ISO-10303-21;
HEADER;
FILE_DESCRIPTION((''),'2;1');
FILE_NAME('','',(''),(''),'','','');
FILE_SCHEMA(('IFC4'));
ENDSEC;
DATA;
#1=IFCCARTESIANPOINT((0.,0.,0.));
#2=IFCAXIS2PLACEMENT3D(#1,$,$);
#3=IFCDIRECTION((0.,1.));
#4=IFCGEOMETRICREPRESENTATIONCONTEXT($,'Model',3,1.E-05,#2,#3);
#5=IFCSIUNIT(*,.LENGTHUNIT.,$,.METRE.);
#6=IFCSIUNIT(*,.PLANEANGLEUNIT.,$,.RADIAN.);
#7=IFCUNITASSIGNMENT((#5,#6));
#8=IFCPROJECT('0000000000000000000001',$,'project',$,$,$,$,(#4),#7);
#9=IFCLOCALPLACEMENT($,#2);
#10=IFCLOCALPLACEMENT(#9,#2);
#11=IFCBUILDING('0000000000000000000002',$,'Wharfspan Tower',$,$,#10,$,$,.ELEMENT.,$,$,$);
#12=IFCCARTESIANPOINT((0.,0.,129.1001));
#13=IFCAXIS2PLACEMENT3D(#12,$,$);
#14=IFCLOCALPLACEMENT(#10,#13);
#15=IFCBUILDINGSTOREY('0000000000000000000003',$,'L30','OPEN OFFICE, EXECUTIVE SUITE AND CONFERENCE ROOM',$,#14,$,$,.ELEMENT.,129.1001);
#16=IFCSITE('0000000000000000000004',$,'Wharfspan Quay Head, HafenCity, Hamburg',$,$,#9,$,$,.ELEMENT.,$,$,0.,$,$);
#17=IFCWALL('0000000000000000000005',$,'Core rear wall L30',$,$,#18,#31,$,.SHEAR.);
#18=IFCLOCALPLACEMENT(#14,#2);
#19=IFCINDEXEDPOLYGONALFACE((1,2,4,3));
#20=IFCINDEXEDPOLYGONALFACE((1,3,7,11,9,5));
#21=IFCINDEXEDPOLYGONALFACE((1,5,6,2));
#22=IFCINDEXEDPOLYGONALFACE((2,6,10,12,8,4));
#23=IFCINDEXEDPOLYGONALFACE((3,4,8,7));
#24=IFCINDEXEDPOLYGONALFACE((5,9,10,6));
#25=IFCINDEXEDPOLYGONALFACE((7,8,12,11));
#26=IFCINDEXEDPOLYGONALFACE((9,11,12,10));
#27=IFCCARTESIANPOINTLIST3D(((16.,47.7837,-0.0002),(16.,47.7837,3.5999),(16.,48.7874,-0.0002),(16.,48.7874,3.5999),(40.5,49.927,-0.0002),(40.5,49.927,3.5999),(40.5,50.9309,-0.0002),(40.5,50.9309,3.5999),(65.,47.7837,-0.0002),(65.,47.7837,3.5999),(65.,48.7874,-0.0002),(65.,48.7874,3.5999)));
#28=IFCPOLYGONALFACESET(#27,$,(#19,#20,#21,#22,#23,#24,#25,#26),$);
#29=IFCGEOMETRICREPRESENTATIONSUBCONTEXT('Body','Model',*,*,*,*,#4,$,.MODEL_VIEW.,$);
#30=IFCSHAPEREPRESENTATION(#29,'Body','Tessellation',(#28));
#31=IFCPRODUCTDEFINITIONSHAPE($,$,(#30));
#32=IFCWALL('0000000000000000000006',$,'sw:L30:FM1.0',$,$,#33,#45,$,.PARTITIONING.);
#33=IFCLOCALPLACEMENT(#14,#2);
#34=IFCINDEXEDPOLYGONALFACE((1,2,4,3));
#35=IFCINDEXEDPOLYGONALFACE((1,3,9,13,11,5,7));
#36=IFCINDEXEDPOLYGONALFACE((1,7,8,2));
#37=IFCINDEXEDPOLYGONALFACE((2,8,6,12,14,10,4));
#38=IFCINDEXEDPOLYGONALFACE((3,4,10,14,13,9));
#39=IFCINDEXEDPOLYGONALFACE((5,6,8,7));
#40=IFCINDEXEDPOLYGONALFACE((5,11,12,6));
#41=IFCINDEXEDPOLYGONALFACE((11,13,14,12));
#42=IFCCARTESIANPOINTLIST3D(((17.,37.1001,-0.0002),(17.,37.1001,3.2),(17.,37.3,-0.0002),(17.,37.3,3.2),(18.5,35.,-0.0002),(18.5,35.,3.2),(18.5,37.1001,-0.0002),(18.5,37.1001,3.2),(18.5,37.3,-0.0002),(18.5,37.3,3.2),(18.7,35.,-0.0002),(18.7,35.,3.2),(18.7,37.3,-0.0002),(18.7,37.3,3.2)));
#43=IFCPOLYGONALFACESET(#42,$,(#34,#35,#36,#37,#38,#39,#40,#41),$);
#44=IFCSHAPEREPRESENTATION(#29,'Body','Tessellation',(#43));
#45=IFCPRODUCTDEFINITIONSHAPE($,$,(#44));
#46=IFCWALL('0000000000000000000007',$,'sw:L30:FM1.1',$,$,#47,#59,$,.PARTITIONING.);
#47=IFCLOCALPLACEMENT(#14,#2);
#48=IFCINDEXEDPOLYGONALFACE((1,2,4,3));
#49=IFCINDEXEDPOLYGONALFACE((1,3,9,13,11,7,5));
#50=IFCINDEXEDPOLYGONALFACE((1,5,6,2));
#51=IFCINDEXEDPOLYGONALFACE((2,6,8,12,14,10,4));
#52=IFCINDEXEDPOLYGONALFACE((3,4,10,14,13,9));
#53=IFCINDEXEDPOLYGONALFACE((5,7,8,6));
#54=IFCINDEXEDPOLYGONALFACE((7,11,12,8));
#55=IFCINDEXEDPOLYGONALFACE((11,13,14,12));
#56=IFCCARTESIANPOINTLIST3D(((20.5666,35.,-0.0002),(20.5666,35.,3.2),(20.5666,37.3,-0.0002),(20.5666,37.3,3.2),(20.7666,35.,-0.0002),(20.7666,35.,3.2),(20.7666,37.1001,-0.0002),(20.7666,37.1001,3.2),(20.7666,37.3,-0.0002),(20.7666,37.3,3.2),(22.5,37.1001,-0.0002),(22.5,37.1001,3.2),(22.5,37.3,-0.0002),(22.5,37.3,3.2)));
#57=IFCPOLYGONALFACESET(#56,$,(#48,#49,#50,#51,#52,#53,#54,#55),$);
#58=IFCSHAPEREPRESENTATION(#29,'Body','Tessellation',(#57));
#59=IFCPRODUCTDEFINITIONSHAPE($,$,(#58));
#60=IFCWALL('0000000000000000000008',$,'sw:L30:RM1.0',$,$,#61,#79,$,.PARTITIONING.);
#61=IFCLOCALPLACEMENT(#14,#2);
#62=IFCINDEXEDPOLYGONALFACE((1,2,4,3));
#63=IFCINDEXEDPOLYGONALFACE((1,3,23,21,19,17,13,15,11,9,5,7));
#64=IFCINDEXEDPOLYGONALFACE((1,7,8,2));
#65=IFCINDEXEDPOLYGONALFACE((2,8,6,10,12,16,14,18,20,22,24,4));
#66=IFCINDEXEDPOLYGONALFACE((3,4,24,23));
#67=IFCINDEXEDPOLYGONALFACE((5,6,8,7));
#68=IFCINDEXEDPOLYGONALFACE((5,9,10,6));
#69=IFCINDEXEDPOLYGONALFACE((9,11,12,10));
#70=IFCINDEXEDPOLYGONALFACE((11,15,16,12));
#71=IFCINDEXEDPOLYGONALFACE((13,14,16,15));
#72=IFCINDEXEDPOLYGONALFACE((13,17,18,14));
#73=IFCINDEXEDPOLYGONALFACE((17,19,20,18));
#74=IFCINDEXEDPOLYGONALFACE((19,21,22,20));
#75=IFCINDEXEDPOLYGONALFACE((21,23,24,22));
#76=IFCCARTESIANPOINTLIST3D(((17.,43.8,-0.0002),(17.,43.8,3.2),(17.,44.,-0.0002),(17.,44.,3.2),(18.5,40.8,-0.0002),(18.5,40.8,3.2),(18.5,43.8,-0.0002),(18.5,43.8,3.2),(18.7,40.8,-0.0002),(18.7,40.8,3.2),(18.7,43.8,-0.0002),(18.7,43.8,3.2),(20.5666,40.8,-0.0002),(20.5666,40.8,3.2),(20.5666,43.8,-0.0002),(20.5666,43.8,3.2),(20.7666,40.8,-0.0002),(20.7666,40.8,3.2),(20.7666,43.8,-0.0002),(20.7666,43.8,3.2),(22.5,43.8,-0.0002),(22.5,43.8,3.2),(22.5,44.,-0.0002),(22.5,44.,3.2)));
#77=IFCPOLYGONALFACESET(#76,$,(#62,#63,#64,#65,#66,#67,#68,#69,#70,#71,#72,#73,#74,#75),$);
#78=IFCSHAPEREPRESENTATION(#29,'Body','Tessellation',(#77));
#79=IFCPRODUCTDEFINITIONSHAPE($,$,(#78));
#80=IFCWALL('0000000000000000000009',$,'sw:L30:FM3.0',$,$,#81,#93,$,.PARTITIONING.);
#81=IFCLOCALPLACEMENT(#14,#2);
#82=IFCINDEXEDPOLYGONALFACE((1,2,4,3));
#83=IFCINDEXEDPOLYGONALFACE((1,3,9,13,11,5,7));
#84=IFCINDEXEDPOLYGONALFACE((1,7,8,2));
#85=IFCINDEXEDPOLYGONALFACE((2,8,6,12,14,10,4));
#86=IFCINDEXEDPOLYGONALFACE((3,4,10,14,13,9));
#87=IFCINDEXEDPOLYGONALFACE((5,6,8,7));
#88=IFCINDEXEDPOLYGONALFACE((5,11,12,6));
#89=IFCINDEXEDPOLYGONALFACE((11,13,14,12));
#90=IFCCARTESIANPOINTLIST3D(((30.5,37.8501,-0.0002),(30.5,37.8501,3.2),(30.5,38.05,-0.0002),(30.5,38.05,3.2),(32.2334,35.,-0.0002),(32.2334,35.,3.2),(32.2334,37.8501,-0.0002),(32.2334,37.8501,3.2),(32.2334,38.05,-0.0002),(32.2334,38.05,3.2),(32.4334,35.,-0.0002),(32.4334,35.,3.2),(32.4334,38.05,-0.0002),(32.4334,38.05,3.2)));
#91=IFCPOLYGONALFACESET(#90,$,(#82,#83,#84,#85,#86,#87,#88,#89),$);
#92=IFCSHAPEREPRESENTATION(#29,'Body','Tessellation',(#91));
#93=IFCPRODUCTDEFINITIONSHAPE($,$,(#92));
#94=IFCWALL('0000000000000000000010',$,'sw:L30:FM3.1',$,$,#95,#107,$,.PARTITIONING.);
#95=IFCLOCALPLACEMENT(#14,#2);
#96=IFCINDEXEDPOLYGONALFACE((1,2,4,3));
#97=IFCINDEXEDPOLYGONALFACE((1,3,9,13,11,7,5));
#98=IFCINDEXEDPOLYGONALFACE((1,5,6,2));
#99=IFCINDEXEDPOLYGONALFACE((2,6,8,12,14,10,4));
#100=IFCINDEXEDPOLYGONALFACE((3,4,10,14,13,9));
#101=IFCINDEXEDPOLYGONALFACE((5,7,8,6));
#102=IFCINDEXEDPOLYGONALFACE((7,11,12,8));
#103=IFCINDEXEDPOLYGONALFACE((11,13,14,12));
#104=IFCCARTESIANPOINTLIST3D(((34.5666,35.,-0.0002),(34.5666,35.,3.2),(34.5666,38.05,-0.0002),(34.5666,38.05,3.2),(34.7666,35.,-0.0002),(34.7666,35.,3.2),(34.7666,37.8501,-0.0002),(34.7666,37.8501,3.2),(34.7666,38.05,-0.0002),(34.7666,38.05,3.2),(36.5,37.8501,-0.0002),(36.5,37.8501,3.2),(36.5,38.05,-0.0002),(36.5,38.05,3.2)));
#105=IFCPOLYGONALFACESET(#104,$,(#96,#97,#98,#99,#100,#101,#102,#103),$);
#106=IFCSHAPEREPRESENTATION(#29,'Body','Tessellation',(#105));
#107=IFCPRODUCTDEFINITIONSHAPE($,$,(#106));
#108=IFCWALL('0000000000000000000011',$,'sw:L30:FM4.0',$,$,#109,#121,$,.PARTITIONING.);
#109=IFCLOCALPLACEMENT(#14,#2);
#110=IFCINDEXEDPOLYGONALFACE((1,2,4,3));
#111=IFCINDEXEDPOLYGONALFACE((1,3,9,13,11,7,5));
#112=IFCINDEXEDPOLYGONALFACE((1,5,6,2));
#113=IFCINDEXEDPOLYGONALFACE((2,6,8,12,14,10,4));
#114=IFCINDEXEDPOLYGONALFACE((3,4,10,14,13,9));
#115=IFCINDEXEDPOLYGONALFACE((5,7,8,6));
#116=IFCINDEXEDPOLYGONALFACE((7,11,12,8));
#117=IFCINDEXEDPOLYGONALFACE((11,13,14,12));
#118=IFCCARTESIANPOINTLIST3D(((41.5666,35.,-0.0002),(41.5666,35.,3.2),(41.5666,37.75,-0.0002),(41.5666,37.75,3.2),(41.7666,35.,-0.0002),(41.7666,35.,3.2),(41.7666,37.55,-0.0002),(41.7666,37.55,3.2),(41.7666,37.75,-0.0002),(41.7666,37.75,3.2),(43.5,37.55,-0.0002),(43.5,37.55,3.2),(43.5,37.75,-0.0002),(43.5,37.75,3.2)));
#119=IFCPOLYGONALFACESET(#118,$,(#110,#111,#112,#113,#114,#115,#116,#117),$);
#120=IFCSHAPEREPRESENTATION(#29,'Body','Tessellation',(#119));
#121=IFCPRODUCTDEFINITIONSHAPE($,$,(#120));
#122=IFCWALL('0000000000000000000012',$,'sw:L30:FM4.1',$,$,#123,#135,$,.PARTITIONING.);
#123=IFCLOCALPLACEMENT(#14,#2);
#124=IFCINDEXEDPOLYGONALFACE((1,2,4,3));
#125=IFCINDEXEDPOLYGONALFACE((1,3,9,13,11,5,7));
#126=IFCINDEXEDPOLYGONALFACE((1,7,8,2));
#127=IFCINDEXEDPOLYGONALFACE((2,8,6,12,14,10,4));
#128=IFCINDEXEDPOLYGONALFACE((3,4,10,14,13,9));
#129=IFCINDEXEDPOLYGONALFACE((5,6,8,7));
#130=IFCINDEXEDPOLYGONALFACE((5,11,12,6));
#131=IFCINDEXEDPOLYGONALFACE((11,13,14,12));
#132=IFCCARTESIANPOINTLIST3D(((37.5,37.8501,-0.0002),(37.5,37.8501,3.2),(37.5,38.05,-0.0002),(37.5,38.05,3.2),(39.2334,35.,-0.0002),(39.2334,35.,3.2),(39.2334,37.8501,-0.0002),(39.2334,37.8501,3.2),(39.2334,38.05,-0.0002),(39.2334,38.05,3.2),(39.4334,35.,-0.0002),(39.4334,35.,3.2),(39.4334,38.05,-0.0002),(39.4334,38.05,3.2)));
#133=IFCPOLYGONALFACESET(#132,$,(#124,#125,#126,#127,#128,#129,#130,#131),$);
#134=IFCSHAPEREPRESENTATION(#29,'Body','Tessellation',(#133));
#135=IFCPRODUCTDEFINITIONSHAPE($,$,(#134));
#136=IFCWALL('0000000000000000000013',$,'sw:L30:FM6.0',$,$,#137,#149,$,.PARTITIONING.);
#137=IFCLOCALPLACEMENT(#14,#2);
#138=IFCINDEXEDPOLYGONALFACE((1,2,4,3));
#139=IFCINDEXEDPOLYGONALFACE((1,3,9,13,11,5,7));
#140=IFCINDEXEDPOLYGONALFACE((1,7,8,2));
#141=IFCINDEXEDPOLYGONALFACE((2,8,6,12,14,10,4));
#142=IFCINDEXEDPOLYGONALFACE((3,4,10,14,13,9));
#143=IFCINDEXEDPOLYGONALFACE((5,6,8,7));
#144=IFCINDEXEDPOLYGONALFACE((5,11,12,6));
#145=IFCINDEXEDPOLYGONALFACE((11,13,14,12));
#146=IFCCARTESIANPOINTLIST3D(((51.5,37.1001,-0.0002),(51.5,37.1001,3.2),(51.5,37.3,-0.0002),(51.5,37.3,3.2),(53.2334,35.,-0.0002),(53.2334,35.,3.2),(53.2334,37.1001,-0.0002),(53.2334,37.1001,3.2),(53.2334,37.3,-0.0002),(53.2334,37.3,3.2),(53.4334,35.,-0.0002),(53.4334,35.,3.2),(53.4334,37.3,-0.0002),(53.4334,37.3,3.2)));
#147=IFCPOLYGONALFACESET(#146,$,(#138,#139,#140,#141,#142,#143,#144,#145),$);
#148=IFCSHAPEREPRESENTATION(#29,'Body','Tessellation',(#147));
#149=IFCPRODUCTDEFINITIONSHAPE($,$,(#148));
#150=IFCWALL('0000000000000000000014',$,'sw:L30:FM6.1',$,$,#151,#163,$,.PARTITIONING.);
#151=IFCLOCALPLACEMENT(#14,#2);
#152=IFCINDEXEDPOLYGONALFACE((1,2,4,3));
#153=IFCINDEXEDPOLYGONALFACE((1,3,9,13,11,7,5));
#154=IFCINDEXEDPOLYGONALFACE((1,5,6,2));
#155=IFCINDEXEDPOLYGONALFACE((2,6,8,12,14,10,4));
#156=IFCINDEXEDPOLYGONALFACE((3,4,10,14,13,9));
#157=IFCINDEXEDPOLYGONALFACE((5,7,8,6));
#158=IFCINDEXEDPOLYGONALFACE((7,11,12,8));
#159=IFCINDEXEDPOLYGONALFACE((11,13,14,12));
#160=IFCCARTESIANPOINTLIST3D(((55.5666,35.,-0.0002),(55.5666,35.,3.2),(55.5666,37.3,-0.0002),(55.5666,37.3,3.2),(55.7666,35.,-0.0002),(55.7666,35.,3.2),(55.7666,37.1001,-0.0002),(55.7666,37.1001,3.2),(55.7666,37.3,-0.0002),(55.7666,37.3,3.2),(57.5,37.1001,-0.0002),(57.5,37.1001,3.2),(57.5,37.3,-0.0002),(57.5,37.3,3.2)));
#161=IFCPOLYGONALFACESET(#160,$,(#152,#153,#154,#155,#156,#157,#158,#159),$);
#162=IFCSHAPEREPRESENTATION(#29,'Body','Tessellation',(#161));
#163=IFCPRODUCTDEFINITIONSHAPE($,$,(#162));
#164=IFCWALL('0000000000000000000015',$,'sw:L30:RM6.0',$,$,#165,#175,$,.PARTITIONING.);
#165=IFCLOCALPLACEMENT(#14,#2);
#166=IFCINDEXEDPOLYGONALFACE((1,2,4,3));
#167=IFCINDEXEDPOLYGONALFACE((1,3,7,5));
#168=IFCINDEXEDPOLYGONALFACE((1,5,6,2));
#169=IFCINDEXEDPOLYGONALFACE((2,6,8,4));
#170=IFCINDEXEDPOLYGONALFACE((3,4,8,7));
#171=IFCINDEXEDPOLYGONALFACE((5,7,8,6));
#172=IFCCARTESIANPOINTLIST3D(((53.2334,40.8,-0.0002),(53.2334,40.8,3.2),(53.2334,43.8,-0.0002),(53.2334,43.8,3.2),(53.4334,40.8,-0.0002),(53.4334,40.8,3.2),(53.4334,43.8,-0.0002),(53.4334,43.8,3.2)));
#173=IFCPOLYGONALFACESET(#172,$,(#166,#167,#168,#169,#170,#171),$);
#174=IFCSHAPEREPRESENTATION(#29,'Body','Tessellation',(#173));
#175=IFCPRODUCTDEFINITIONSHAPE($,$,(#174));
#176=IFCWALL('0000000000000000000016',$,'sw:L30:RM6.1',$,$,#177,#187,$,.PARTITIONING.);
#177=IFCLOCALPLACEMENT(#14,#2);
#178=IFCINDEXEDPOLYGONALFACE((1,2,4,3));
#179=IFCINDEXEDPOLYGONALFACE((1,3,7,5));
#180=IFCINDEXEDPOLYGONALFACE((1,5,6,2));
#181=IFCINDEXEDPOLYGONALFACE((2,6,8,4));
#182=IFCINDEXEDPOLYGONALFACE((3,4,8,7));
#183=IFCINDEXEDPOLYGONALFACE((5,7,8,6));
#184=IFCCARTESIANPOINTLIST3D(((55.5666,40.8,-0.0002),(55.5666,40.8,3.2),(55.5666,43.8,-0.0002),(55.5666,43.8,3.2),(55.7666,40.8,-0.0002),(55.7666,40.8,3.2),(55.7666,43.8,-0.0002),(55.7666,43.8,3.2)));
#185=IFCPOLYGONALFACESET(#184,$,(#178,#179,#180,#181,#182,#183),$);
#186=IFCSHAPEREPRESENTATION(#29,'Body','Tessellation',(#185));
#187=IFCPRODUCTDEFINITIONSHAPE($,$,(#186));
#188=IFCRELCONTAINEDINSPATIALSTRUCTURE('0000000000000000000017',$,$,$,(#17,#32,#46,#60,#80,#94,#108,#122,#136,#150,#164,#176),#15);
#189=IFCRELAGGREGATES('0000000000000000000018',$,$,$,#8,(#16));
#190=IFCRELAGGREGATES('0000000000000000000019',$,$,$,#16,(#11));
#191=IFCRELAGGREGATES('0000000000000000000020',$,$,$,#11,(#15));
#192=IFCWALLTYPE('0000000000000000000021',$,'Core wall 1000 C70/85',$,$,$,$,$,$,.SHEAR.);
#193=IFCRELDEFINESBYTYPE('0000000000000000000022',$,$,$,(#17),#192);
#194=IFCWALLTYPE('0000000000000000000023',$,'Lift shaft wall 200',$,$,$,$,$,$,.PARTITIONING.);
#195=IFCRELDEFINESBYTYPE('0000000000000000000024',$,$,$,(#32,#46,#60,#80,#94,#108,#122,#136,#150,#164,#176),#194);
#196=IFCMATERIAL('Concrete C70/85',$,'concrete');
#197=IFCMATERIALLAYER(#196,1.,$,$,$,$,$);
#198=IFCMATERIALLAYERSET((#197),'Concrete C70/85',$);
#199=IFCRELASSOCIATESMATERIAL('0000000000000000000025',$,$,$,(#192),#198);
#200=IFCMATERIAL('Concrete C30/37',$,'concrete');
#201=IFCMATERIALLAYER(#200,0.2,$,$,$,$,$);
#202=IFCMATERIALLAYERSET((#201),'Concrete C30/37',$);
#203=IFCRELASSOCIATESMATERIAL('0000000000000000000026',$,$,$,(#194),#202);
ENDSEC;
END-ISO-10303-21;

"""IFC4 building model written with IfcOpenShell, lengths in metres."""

from ifc_helpers import new_model, si_unit, direction, frame, origin, place, context, subcontext, project, spatial, polyline, outline, extrude, material, layer, layer_set, type_object, element, save


model = new_model("IFC4")

# Units and contexts
model_context = context("Model", 3, precision=1e-05, world=origin(), true_north=direction((0.0, 1.0)))
body_context = subcontext(model_context, "Body", "Model", "MODEL_VIEW")
ifc_project = project(units=[si_unit("LENGTHUNIT", "METRE"), si_unit("PLANEANGLEUNIT", "RADIAN")], contexts=[model_context])

# Site, building, storey
site_placement = place(None, origin())
site = spatial("IfcSite", under=ifc_project, at=site_placement, Name="Wharfspan Quay Head, HafenCity, Hamburg", CompositionType="ELEMENT", RefElevation=0.0)
building_placement = place(site_placement, origin())
building = spatial("IfcBuilding", under=site, at=building_placement, Name="Wharfspan Tower", CompositionType="ELEMENT")
storey_placement = place(building_placement, frame((0.0, 0.0, 129.1001)))
storey = spatial("IfcBuildingStorey", under=building, at=storey_placement, Name="L30", Description="OPEN OFFICE, EXECUTIVE SUITE AND CONFERENCE ROOM", CompositionType="ELEMENT", Elevation=129.1001)

# Walls
ifc_material_1 = material(Name="Concrete C70/85", Category="concrete")
ifc_layer_1 = layer(ifc_material_1, 1.0)
ifc_layer_set_1 = layer_set([ifc_layer_1], Name="Concrete C70/85")
wall_type_1 = type_object("IfcWallType", Name="Core wall 1000 C70/85", PredefinedType="SHEAR", material=ifc_layer_set_1)
wall_1_placement = place(storey_placement, frame((0.0, 0.0, -0.0002)))
element("IfcWall", 1, at=wall_1_placement, inside=storey, type_object=wall_type_1, Name="Core rear wall L30", PredefinedType="SHEAR", context=body_context, shape_type="SweptSolid", body=[
    extrude(outline(polyline([(16.0, 47.7837), (40.5, 49.927), (65.0, 47.7837), (65.0, 48.7874), (40.5, 50.9309), (16.0, 48.7874), (16.0, 47.7837)])), origin(), (0.0, 0.0, 1.0), 3.6001),
])
ifc_material_2 = material(Name="Concrete C30/37", Category="concrete")
ifc_layer_2 = layer(ifc_material_2, 0.2)
ifc_layer_set_2 = layer_set([ifc_layer_2], Name="Concrete C30/37")
wall_type_2 = type_object("IfcWallType", Name="Lift shaft wall 200", PredefinedType="PARTITIONING", material=ifc_layer_set_2)
wall_2_placement = place(storey_placement, frame((0.0, 0.0, -0.0002)))
element("IfcWall", 2, at=wall_2_placement, inside=storey, type_object=wall_type_2, Name="sw:L30:FM1.0", PredefinedType="PARTITIONING", context=body_context, shape_type="SweptSolid", body=[
    extrude(outline(polyline([(18.5, 37.1001), (17.0, 37.1001), (17.0, 37.3), (18.5, 37.3), (18.7, 37.3), (18.7, 35.0), (18.5, 35.0), (18.5, 37.1001)])), origin(), (0.0, 0.0, 1.0), 3.2002),
])
wall_3_placement = place(storey_placement, frame((0.0, 0.0, -0.0002)))
element("IfcWall", 3, at=wall_3_placement, inside=storey, type_object=wall_type_2, Name="sw:L30:FM1.1", PredefinedType="PARTITIONING", context=body_context, shape_type="SweptSolid", body=[
    extrude(outline(polyline([(20.5666, 37.3), (20.7666, 37.3), (22.5, 37.3), (22.5, 37.1001), (20.7666, 37.1001), (20.7666, 35.0), (20.5666, 35.0), (20.5666, 37.3)])), origin(), (0.0, 0.0, 1.0), 3.2002),
])
wall_4_placement = place(storey_placement, frame((0.0, 0.0, -0.0002)))
element("IfcWall", 4, at=wall_4_placement, inside=storey, type_object=wall_type_2, Name="sw:L30:RM1.0", PredefinedType="PARTITIONING", context=body_context, shape_type="SweptSolid", body=[
    extrude(outline(polyline([(18.7, 40.8), (18.5, 40.8), (18.5, 43.8), (17.0, 43.8), (17.0, 44.0), (22.5, 44.0), (22.5, 43.8), (20.7666, 43.8), (20.7666, 40.8), (20.5666, 40.8), (20.5666, 43.8), (18.7, 43.8), (18.7, 40.8)])), origin(), (0.0, 0.0, 1.0), 3.2002),
])
wall_5_placement = place(storey_placement, frame((0.0, 0.0, -0.0002)))
element("IfcWall", 5, at=wall_5_placement, inside=storey, type_object=wall_type_2, Name="sw:L30:FM3.0", PredefinedType="PARTITIONING", context=body_context, shape_type="SweptSolid", body=[
    extrude(outline(polyline([(32.2334, 37.8501), (30.5, 37.8501), (30.5, 38.05), (32.2334, 38.05), (32.4333, 38.05), (32.4333, 35.0), (32.2334, 35.0), (32.2334, 37.8501)])), origin(), (0.0, 0.0, 1.0), 3.2002),
])
wall_6_placement = place(storey_placement, frame((0.0, 0.0, -0.0002)))
element("IfcWall", 6, at=wall_6_placement, inside=storey, type_object=wall_type_2, Name="sw:L30:FM3.1", PredefinedType="PARTITIONING", context=body_context, shape_type="SweptSolid", body=[
    extrude(outline(polyline([(34.5667, 38.05), (34.7666, 38.05), (36.5, 38.05), (36.5, 37.8501), (34.7666, 37.8501), (34.7666, 35.0), (34.5667, 35.0), (34.5667, 38.05)])), origin(), (0.0, 0.0, 1.0), 3.2002),
])
wall_7_placement = place(storey_placement, frame((0.0, 0.0, -0.0002)))
element("IfcWall", 7, at=wall_7_placement, inside=storey, type_object=wall_type_2, Name="sw:L30:FM4.0", PredefinedType="PARTITIONING", context=body_context, shape_type="SweptSolid", body=[
    extrude(outline(polyline([(41.5667, 37.75), (41.7666, 37.75), (43.5, 37.75), (43.5, 37.55), (41.7666, 37.55), (41.7666, 35.0), (41.5667, 35.0), (41.5667, 37.75)])), origin(), (0.0, 0.0, 1.0), 3.2002),
])
wall_8_placement = place(storey_placement, frame((0.0, 0.0, -0.0002)))
element("IfcWall", 8, at=wall_8_placement, inside=storey, type_object=wall_type_2, Name="sw:L30:FM4.1", PredefinedType="PARTITIONING", context=body_context, shape_type="SweptSolid", body=[
    extrude(outline(polyline([(39.2334, 37.8501), (37.5, 37.8501), (37.5, 38.05), (39.2334, 38.05), (39.4333, 38.05), (39.4333, 35.0), (39.2334, 35.0), (39.2334, 37.8501)])), origin(), (0.0, 0.0, 1.0), 3.2002),
])
wall_9_placement = place(storey_placement, frame((0.0, 0.0, -0.0002)))
element("IfcWall", 9, at=wall_9_placement, inside=storey, type_object=wall_type_2, Name="sw:L30:FM6.0", PredefinedType="PARTITIONING", context=body_context, shape_type="SweptSolid", body=[
    extrude(outline(polyline([(53.2334, 37.1001), (51.5, 37.1001), (51.5, 37.3), (53.2334, 37.3), (53.4333, 37.3), (53.4333, 35.0), (53.2334, 35.0), (53.2334, 37.1001)])), origin(), (0.0, 0.0, 1.0), 3.2002),
])
wall_10_placement = place(storey_placement, frame((0.0, 0.0, -0.0002)))
element("IfcWall", 10, at=wall_10_placement, inside=storey, type_object=wall_type_2, Name="sw:L30:FM6.1", PredefinedType="PARTITIONING", context=body_context, shape_type="SweptSolid", body=[
    extrude(outline(polyline([(55.5667, 37.3), (55.7666, 37.3), (57.5, 37.3), (57.5, 37.1001), (55.7666, 37.1001), (55.7666, 35.0), (55.5667, 35.0), (55.5667, 37.3)])), origin(), (0.0, 0.0, 1.0), 3.2002),
])
wall_11_placement = place(storey_placement, frame((0.0, 0.0, -0.0002)))
element("IfcWall", 11, at=wall_11_placement, inside=storey, type_object=wall_type_2, Name="sw:L30:RM6.0", PredefinedType="PARTITIONING", context=body_context, shape_type="SweptSolid", body=[
    extrude(outline(polyline([(53.2334, 40.8), (53.2334, 43.8), (53.4333, 43.8), (53.4333, 40.8), (53.2334, 40.8)])), origin(), (0.0, 0.0, 1.0), 3.2002),
])
wall_12_placement = place(storey_placement, frame((0.0, 0.0, -0.0002)))
element("IfcWall", 12, at=wall_12_placement, inside=storey, type_object=wall_type_2, Name="sw:L30:RM6.1", PredefinedType="PARTITIONING", context=body_context, shape_type="SweptSolid", body=[
    extrude(outline(polyline([(55.5667, 40.8), (55.5667, 43.8), (55.7666, 43.8), (55.7666, 40.8), (55.5667, 40.8)])), origin(), (0.0, 0.0, 1.0), 3.2002),
])

save(model, "model.ifc")
